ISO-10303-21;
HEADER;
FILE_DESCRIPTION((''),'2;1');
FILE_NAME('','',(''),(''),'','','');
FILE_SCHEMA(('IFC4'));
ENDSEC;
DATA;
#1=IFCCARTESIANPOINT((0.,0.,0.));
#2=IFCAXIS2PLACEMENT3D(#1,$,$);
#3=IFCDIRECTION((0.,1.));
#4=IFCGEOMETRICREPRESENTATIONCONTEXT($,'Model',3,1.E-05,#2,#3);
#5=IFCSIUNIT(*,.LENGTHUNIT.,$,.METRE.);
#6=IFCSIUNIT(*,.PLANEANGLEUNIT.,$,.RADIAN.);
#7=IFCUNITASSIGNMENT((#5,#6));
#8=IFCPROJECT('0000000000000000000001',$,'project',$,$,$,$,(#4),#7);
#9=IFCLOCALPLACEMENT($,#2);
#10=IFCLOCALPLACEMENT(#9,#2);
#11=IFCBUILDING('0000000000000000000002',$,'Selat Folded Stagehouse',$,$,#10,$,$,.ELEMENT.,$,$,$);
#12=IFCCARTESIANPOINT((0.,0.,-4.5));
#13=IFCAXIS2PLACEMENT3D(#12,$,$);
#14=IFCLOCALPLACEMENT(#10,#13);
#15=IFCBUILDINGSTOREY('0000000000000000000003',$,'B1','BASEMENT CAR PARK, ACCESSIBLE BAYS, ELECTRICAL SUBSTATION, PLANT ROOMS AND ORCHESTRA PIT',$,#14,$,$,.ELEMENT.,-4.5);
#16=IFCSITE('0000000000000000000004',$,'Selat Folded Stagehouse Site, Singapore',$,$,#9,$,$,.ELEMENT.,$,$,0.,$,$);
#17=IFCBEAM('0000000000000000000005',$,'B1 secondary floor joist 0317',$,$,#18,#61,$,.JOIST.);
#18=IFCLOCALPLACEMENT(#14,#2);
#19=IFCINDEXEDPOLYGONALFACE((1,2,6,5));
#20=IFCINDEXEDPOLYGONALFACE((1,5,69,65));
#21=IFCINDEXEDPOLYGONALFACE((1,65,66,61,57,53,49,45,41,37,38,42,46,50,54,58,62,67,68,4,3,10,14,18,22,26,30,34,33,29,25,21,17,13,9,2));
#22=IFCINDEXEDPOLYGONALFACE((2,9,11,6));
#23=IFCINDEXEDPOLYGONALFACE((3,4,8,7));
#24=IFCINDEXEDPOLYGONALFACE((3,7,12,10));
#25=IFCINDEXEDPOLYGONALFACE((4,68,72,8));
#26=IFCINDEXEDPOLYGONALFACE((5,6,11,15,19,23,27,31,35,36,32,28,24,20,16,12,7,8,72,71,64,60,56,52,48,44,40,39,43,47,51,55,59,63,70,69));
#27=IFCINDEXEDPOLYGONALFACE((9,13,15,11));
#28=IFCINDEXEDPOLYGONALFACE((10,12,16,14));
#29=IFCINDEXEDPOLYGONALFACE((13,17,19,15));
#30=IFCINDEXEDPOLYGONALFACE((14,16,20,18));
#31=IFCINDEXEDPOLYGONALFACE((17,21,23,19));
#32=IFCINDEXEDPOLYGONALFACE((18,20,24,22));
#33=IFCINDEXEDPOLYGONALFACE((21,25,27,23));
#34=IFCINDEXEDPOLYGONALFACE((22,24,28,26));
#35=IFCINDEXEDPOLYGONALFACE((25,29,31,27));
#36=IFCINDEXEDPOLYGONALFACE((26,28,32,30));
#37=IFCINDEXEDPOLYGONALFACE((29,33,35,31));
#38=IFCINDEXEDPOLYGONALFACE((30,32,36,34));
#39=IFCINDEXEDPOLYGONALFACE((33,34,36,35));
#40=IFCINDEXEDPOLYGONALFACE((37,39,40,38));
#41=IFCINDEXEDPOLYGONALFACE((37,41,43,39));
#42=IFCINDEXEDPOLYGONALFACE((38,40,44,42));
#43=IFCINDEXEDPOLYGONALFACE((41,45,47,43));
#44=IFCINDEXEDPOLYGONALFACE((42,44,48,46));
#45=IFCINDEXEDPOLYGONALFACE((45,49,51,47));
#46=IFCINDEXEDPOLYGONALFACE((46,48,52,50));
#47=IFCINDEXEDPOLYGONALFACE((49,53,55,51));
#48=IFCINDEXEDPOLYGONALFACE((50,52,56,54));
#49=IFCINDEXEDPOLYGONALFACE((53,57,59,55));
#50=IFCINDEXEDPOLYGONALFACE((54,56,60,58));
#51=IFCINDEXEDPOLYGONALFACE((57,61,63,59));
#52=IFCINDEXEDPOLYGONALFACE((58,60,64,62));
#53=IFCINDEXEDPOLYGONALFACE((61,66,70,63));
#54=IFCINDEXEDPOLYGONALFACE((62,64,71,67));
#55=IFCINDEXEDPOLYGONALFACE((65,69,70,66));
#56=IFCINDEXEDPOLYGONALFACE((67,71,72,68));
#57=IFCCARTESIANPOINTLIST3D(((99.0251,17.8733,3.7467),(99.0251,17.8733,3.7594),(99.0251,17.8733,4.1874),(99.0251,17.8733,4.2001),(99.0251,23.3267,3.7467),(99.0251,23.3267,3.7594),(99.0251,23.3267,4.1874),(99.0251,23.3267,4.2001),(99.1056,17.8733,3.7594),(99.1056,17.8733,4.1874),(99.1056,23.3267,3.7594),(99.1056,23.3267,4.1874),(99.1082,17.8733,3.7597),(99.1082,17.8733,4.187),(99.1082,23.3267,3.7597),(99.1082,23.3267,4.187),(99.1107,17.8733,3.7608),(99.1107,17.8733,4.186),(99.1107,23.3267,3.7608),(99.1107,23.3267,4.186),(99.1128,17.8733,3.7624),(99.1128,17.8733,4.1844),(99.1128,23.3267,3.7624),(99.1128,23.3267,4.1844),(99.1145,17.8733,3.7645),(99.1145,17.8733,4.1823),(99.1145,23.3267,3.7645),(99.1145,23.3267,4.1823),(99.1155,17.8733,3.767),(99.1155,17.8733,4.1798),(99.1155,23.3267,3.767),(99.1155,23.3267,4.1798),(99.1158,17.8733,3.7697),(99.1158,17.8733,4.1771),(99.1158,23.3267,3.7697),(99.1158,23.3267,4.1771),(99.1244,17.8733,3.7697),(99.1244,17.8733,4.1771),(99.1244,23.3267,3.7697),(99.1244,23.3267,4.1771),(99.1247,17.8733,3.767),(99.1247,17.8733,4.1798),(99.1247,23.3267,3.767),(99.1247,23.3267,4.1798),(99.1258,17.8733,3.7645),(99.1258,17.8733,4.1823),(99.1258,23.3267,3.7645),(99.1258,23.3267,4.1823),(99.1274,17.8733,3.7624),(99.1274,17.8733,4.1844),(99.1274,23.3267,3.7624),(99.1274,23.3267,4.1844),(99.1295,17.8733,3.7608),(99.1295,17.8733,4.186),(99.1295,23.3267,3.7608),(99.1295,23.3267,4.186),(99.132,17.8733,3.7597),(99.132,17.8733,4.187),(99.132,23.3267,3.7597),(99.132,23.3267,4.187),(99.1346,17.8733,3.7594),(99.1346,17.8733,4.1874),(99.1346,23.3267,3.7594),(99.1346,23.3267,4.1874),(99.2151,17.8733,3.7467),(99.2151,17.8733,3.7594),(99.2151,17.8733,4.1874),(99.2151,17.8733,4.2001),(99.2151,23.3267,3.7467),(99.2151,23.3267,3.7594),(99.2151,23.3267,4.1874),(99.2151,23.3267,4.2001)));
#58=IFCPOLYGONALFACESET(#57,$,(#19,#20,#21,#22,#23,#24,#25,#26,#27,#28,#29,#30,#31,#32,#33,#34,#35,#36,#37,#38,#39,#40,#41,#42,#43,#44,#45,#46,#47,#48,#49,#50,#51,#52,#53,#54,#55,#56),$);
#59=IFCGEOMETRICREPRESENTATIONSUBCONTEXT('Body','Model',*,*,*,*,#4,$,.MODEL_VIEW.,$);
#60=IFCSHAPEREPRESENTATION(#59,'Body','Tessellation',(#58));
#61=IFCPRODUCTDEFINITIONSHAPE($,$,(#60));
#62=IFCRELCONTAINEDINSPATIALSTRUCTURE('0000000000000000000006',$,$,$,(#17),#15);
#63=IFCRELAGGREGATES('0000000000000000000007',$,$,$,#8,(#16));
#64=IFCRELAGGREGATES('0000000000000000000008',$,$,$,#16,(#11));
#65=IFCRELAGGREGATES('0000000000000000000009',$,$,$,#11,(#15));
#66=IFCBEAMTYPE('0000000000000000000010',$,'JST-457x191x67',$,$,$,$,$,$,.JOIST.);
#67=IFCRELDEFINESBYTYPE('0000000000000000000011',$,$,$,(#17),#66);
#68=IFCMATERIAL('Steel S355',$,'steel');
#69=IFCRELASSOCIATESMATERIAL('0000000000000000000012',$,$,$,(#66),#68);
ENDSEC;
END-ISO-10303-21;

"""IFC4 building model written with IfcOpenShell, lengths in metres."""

from ifc_helpers import new_model, si_unit, direction, frame, origin, origin_2d, place, context, subcontext, project, spatial, i_section, extrude, material, material_profile, profile_set, type_object, element, save


model = new_model("IFC4")

# Units and contexts
model_context = context("Model", 3, precision=1e-05, world=origin(), true_north=direction((0.0, 1.0)))
body_context = subcontext(model_context, "Body", "Model", "MODEL_VIEW")
ifc_project = project(units=[si_unit("LENGTHUNIT", "METRE"), si_unit("PLANEANGLEUNIT", "RADIAN")], contexts=[model_context])

# Site, building, storey
site_placement = place(None, origin())
site = spatial("IfcSite", under=ifc_project, at=site_placement, Name="Selat Folded Stagehouse Site, Singapore", CompositionType="ELEMENT", RefElevation=0.0)
building_placement = place(site_placement, origin())
building = spatial("IfcBuilding", under=site, at=building_placement, Name="Selat Folded Stagehouse", CompositionType="ELEMENT")
storey_placement = place(building_placement, frame((0.0, 0.0, -4.5)))
storey = spatial("IfcBuildingStorey", under=building, at=storey_placement, Name="B1", Description="BASEMENT CAR PARK, ACCESSIBLE BAYS, ELECTRICAL SUBSTATION, PLANT ROOMS AND ORCHESTRA PIT", CompositionType="ELEMENT", Elevation=-4.5)

# Beam
ifc_material_1 = material(Name="Steel S355", Category="steel")
ifc_material_profile_1 = material_profile(ifc_material_1, i_section(OverallWidth=0.1899, OverallDepth=0.4534, WebThickness=0.0085, FlangeThickness=0.0127, FilletRadius=0.0103, at=origin_2d()), Name="UKB 457x191x67")
ifc_profile_set_1 = profile_set([ifc_material_profile_1], Name="Steel S355")
beam_type_1 = type_object("IfcBeamType", Name="JST-457x191x67", PredefinedType="JOIST", material=ifc_profile_set_1)
for number, where, z_axis, x_axis, name in (
    (1, (99.1201, 17.8733, 3.9734), (0.0, 1.0, 0.0), (-1.0, 0.0, 0.0), "B1 secondary floor joist 0317"),
):
    element("IfcBeam", number, at=place(storey_placement, frame(where, z_axis=z_axis, x_axis=x_axis)), inside=storey, type_object=beam_type_1, Name=name, PredefinedType="JOIST", context=body_context, shape_type="SweptSolid", body=[
        extrude(i_section(OverallWidth=0.1899, OverallDepth=0.4534, WebThickness=0.0085, FlangeThickness=0.0127, FilletRadius=0.0103, at=origin_2d()), origin(), (0.0, 0.0, 1.0), 5.4534),
    ])

save(model, "model.ifc")
